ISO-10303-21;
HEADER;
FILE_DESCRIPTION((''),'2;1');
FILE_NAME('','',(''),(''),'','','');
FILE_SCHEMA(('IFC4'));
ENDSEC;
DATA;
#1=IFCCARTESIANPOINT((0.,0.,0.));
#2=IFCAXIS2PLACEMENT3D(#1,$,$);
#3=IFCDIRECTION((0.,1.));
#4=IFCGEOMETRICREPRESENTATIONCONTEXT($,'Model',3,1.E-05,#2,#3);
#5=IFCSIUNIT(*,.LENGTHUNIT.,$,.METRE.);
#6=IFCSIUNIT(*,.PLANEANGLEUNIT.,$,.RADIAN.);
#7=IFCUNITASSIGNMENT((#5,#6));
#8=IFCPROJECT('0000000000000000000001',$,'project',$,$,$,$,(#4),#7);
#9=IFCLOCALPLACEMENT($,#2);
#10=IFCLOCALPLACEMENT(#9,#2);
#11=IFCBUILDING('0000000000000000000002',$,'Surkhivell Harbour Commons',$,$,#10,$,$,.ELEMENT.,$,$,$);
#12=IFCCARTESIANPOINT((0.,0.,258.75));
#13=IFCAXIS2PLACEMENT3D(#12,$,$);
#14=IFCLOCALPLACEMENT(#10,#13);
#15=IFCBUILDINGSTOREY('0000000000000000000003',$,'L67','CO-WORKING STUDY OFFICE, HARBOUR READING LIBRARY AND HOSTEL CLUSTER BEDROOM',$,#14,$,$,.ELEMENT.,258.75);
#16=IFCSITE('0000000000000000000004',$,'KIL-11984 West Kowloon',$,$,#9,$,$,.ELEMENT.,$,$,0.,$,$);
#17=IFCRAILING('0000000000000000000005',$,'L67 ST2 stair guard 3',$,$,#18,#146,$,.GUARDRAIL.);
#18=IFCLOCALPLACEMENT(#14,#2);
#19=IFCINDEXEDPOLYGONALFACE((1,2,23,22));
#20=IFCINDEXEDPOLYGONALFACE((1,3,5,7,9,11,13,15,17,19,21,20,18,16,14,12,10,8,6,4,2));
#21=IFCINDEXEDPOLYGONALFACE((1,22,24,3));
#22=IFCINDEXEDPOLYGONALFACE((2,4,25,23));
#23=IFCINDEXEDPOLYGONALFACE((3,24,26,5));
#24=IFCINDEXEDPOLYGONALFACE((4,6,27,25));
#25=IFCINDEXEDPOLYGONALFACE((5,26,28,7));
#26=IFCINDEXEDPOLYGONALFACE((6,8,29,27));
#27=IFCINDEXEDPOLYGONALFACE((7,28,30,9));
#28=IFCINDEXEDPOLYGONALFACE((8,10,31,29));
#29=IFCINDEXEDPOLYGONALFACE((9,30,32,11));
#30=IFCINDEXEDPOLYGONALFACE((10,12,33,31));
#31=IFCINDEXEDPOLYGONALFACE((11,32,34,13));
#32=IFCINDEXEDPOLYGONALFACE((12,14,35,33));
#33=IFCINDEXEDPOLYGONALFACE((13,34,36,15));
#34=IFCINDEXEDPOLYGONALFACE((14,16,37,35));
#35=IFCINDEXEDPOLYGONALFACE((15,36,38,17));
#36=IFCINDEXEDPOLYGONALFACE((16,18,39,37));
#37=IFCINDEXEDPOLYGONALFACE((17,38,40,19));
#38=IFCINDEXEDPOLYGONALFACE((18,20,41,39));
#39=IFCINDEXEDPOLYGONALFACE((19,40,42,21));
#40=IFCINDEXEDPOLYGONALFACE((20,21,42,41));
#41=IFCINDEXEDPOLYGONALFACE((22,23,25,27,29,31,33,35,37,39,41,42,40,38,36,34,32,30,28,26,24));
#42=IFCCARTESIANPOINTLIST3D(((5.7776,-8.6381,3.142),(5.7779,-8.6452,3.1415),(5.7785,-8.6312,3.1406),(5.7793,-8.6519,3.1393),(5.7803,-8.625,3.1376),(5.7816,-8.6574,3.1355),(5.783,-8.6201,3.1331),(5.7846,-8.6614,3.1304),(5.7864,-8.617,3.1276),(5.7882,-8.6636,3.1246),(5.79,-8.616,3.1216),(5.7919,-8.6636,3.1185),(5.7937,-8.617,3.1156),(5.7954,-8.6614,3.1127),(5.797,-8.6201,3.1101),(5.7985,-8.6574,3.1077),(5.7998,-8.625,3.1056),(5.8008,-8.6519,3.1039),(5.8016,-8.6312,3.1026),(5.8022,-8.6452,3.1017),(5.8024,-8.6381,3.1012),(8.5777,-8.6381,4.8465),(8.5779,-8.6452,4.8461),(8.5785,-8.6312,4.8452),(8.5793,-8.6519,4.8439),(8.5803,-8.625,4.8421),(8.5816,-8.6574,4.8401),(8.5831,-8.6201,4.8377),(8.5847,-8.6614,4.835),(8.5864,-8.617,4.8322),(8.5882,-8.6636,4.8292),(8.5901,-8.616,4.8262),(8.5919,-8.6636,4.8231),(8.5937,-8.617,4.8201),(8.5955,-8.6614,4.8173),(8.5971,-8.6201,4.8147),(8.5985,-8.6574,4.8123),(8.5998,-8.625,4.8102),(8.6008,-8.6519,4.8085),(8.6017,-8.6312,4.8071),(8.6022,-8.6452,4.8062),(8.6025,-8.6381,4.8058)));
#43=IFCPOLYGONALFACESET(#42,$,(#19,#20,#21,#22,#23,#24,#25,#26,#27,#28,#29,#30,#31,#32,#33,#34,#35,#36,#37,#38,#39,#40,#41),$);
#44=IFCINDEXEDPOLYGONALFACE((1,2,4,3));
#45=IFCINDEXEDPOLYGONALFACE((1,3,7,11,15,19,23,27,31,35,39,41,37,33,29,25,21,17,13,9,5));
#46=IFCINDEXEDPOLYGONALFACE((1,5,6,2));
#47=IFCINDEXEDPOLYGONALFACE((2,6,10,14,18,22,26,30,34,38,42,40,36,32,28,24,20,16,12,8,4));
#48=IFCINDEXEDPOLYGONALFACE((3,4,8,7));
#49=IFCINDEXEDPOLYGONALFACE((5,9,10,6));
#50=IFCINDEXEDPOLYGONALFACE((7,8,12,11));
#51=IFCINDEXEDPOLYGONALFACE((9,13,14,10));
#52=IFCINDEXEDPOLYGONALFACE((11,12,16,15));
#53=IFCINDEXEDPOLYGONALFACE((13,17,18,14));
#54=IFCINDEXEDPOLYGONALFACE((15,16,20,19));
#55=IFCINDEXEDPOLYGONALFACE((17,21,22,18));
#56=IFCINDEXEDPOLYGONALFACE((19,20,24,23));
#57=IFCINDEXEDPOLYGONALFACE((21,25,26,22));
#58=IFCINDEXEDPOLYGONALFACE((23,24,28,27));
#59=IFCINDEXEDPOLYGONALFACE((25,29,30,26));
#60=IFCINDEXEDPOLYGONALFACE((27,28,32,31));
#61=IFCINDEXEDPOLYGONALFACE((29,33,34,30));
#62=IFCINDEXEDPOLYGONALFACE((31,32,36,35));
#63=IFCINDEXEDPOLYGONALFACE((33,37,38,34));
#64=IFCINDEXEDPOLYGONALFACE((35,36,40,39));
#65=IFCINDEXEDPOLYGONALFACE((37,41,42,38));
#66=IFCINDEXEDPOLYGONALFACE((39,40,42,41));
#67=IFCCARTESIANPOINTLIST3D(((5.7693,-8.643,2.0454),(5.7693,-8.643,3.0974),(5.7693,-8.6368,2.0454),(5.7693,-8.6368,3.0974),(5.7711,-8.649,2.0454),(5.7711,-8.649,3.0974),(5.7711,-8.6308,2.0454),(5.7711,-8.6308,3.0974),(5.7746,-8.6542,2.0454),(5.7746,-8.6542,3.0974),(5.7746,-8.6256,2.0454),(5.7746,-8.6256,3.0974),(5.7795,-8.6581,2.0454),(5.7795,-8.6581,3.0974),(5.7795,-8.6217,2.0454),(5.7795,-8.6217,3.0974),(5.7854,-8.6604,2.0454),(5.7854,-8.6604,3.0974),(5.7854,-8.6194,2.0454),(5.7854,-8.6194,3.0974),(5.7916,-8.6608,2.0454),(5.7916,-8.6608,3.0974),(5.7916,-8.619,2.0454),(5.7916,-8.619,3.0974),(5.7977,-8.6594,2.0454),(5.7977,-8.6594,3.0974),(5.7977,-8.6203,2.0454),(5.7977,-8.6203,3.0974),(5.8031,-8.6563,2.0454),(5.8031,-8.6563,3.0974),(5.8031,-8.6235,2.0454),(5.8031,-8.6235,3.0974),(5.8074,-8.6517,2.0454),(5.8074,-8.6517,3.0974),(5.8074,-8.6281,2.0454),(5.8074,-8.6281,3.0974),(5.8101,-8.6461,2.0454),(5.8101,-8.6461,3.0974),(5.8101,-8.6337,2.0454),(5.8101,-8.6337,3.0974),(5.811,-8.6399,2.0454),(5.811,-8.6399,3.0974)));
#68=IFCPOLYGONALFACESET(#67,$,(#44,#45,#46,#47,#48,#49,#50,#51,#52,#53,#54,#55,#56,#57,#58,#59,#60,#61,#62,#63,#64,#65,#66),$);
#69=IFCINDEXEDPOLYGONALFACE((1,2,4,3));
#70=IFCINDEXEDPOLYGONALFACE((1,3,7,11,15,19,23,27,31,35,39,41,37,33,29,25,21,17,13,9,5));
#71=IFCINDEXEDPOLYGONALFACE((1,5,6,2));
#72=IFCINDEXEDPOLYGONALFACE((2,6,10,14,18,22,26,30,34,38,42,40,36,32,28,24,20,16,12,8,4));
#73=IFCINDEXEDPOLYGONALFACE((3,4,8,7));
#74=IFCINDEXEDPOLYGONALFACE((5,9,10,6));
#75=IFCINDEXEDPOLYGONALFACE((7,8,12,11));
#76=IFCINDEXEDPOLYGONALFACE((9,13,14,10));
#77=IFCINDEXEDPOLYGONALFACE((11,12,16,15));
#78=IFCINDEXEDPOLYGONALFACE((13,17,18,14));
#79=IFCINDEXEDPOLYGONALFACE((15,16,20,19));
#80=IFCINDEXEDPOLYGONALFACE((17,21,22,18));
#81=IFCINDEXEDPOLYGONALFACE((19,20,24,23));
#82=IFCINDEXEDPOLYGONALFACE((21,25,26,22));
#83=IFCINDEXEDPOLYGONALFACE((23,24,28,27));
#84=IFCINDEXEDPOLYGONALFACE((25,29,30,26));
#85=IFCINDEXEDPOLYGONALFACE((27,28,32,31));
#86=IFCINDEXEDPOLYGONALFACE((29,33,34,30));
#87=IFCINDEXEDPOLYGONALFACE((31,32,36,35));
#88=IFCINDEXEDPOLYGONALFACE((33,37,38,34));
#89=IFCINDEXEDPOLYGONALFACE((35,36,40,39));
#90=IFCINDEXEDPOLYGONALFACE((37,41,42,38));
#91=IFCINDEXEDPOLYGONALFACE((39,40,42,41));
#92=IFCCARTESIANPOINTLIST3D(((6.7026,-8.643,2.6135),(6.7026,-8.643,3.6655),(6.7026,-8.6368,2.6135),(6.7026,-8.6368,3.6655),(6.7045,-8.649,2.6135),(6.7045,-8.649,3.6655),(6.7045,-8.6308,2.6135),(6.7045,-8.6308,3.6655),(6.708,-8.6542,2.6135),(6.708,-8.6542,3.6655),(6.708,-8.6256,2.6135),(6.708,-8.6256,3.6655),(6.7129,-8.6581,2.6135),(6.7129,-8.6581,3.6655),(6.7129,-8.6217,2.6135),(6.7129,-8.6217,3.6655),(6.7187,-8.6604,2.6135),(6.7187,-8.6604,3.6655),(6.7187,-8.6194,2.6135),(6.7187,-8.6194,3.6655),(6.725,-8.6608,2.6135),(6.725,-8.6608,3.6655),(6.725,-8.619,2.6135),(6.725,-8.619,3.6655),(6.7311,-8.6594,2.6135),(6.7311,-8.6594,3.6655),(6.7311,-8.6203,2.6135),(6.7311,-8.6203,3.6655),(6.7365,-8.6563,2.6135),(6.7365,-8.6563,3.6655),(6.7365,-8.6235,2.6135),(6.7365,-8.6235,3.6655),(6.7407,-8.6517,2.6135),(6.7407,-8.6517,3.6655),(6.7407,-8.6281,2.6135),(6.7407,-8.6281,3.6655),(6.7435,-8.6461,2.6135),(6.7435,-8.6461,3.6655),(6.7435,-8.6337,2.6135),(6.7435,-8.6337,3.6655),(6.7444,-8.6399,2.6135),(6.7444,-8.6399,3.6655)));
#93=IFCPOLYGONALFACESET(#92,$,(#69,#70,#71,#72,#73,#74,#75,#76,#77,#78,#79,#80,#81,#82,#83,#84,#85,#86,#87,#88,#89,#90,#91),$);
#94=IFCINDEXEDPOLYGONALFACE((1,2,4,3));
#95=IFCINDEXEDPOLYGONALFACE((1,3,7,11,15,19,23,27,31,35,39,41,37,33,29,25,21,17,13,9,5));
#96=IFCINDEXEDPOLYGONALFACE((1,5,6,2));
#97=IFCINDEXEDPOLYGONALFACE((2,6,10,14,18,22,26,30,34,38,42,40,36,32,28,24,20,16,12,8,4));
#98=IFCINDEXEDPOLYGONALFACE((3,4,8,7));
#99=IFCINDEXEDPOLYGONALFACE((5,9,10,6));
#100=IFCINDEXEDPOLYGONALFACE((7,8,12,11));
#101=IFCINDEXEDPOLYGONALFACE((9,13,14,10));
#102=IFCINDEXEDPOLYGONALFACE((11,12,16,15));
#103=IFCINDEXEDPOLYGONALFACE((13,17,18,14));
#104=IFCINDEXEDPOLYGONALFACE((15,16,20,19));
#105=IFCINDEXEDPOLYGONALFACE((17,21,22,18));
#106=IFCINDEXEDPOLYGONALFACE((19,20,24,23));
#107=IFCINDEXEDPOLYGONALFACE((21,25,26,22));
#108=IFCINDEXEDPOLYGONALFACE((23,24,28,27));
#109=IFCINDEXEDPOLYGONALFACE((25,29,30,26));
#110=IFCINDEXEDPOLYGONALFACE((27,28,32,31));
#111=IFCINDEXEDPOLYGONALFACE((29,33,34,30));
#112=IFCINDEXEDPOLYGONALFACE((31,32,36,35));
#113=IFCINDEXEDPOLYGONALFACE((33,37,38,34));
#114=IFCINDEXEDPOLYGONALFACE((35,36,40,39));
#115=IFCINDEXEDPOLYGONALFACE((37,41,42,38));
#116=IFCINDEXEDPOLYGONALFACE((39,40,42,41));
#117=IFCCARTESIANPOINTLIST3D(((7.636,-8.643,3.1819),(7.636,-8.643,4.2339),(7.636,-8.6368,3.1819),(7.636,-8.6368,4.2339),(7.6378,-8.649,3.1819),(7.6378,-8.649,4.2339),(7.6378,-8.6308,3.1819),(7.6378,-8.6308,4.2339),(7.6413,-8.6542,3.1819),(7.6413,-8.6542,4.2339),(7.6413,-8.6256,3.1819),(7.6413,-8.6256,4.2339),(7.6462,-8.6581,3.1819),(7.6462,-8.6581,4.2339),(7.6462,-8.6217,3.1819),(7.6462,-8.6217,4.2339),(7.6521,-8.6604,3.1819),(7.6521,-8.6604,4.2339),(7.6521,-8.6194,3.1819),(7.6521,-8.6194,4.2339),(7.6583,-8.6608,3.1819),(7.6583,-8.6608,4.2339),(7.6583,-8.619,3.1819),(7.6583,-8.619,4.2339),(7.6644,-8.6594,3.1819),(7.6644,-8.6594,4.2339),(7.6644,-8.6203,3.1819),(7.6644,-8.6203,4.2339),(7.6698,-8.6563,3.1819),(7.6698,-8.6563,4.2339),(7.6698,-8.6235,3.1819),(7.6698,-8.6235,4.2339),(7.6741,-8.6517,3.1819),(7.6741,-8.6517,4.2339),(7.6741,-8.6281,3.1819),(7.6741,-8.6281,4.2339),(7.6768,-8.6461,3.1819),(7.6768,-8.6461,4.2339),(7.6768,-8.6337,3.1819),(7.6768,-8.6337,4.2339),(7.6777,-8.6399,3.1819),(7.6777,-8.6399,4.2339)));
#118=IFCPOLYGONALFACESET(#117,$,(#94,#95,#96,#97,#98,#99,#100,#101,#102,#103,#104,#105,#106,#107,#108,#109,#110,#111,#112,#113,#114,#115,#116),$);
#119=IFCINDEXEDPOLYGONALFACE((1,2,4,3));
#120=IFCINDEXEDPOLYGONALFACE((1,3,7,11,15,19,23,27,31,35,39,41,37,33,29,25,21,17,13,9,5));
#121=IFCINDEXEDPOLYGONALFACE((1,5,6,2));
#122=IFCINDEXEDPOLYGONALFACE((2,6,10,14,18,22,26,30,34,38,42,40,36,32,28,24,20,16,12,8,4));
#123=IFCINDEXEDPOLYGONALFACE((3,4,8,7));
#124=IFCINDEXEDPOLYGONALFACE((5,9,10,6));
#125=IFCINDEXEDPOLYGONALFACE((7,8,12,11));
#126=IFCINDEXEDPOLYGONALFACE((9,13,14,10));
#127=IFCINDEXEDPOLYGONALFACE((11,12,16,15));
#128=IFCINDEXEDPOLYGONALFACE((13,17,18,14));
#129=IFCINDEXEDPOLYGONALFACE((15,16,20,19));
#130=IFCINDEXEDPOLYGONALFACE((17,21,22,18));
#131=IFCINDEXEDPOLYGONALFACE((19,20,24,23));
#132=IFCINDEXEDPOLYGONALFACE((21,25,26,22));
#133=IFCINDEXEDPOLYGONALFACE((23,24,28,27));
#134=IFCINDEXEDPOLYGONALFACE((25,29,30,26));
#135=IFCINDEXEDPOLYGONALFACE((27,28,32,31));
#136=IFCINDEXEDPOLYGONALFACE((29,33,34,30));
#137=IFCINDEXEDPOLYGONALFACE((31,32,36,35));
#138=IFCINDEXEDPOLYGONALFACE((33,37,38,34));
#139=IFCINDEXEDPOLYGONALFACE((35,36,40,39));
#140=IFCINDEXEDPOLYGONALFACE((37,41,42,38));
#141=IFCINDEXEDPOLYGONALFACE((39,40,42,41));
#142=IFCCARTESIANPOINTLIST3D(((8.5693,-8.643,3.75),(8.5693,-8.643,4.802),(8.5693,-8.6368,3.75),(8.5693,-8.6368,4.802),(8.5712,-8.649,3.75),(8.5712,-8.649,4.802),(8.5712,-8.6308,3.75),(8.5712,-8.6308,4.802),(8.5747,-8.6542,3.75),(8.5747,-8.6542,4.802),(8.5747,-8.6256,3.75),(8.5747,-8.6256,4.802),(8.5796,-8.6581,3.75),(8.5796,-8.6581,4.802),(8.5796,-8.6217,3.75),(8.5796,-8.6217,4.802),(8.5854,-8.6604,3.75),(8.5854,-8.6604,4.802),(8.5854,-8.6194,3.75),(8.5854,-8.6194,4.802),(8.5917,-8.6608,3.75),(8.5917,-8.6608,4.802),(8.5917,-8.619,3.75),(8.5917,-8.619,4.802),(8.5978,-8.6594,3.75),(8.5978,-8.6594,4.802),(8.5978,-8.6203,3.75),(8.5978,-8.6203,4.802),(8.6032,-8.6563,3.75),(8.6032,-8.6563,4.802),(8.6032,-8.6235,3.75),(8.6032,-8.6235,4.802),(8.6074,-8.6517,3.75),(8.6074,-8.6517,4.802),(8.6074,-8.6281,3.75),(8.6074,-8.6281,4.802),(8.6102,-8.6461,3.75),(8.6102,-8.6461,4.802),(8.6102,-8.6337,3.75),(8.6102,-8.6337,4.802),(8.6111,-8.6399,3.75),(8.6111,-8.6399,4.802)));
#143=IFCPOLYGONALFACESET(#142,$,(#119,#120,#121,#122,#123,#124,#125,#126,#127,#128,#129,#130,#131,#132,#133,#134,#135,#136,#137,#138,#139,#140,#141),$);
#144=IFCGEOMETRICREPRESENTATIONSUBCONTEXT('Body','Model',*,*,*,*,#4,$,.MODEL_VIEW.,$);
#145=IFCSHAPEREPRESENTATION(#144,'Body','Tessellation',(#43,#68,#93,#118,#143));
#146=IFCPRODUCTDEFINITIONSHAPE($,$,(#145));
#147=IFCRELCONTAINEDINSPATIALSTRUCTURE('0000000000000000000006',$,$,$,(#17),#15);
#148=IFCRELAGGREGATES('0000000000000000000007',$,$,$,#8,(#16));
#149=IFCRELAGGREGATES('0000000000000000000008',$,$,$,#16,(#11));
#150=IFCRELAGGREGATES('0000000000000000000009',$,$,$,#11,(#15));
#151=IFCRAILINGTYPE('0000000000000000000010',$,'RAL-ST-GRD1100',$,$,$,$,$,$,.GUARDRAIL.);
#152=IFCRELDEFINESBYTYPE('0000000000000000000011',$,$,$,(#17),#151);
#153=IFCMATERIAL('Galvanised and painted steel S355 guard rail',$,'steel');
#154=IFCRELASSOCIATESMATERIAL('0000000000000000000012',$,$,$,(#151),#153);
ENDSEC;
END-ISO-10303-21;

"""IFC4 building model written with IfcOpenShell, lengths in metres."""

from ifc_helpers import new_model, si_unit, direction, frame, origin, origin_2d, place, context, subcontext, project, spatial, circle, extrude, material, type_object, element, save


model = new_model("IFC4")

# Units and contexts
model_context = context("Model", 3, precision=1e-05, world=origin(), true_north=direction((0.0, 1.0)))
body_context = subcontext(model_context, "Body", "Model", "MODEL_VIEW")
ifc_project = project(units=[si_unit("LENGTHUNIT", "METRE"), si_unit("PLANEANGLEUNIT", "RADIAN")], contexts=[model_context])

# Site, building, storey
site_placement = place(None, origin())
site = spatial("IfcSite", under=ifc_project, at=site_placement, Name="KIL-11984 West Kowloon", CompositionType="ELEMENT", RefElevation=0.0)
building_placement = place(site_placement, origin())
building = spatial("IfcBuilding", under=site, at=building_placement, Name="Surkhivell Harbour Commons", CompositionType="ELEMENT")
storey_placement = place(building_placement, frame((0.0, 0.0, 258.75)))
storey = spatial("IfcBuildingStorey", under=building, at=storey_placement, Name="L67", Description="CO-WORKING STUDY OFFICE, HARBOUR READING LIBRARY AND HOSTEL CLUSTER BEDROOM", CompositionType="ELEMENT", Elevation=258.75)

# Railing
ifc_material_1 = material(Name="Galvanised and painted steel S355 guard rail", Category="steel")
railing_type_1 = type_object("IfcRailingType", Name="RAL-ST-GRD1100", PredefinedType="GUARDRAIL", material=ifc_material_1)
railing_1_placement = place(storey_placement, frame((5.79, -8.6399, 2.0454)))
element("IfcRailing", 1, at=railing_1_placement, inside=storey, type_object=railing_type_1, Name="L67 ST2 stair guard 3", PredefinedType="GUARDRAIL", context=body_context, shape_type="SweptSolid", body=[
    extrude(circle(Radius=0.0239, at=origin_2d()), frame((0.0, 0.0, 1.0762), z_axis=(0.85417, 0.0, 0.519994), x_axis=(0.0, 1.0, 0.0)), (0.0, 0.0, 1.0), 3.2781),
    extrude(circle(Radius=0.021, at=origin_2d()), origin(), (0.0, 0.0, 1.0), 1.052),
    extrude(circle(Radius=0.021, at=origin_2d()), frame((0.9333, 0.0, 0.5681)), (0.0, 0.0, 1.0), 1.052),
    extrude(circle(Radius=0.021, at=origin_2d()), frame((1.8667, 0.0, 1.1365)), (0.0, 0.0, 1.0), 1.052),
    extrude(circle(Radius=0.021, at=origin_2d()), frame((2.8, 0.0, 1.7046)), (0.0, 0.0, 1.0), 1.052),
])

save(model, "model.ifc")
